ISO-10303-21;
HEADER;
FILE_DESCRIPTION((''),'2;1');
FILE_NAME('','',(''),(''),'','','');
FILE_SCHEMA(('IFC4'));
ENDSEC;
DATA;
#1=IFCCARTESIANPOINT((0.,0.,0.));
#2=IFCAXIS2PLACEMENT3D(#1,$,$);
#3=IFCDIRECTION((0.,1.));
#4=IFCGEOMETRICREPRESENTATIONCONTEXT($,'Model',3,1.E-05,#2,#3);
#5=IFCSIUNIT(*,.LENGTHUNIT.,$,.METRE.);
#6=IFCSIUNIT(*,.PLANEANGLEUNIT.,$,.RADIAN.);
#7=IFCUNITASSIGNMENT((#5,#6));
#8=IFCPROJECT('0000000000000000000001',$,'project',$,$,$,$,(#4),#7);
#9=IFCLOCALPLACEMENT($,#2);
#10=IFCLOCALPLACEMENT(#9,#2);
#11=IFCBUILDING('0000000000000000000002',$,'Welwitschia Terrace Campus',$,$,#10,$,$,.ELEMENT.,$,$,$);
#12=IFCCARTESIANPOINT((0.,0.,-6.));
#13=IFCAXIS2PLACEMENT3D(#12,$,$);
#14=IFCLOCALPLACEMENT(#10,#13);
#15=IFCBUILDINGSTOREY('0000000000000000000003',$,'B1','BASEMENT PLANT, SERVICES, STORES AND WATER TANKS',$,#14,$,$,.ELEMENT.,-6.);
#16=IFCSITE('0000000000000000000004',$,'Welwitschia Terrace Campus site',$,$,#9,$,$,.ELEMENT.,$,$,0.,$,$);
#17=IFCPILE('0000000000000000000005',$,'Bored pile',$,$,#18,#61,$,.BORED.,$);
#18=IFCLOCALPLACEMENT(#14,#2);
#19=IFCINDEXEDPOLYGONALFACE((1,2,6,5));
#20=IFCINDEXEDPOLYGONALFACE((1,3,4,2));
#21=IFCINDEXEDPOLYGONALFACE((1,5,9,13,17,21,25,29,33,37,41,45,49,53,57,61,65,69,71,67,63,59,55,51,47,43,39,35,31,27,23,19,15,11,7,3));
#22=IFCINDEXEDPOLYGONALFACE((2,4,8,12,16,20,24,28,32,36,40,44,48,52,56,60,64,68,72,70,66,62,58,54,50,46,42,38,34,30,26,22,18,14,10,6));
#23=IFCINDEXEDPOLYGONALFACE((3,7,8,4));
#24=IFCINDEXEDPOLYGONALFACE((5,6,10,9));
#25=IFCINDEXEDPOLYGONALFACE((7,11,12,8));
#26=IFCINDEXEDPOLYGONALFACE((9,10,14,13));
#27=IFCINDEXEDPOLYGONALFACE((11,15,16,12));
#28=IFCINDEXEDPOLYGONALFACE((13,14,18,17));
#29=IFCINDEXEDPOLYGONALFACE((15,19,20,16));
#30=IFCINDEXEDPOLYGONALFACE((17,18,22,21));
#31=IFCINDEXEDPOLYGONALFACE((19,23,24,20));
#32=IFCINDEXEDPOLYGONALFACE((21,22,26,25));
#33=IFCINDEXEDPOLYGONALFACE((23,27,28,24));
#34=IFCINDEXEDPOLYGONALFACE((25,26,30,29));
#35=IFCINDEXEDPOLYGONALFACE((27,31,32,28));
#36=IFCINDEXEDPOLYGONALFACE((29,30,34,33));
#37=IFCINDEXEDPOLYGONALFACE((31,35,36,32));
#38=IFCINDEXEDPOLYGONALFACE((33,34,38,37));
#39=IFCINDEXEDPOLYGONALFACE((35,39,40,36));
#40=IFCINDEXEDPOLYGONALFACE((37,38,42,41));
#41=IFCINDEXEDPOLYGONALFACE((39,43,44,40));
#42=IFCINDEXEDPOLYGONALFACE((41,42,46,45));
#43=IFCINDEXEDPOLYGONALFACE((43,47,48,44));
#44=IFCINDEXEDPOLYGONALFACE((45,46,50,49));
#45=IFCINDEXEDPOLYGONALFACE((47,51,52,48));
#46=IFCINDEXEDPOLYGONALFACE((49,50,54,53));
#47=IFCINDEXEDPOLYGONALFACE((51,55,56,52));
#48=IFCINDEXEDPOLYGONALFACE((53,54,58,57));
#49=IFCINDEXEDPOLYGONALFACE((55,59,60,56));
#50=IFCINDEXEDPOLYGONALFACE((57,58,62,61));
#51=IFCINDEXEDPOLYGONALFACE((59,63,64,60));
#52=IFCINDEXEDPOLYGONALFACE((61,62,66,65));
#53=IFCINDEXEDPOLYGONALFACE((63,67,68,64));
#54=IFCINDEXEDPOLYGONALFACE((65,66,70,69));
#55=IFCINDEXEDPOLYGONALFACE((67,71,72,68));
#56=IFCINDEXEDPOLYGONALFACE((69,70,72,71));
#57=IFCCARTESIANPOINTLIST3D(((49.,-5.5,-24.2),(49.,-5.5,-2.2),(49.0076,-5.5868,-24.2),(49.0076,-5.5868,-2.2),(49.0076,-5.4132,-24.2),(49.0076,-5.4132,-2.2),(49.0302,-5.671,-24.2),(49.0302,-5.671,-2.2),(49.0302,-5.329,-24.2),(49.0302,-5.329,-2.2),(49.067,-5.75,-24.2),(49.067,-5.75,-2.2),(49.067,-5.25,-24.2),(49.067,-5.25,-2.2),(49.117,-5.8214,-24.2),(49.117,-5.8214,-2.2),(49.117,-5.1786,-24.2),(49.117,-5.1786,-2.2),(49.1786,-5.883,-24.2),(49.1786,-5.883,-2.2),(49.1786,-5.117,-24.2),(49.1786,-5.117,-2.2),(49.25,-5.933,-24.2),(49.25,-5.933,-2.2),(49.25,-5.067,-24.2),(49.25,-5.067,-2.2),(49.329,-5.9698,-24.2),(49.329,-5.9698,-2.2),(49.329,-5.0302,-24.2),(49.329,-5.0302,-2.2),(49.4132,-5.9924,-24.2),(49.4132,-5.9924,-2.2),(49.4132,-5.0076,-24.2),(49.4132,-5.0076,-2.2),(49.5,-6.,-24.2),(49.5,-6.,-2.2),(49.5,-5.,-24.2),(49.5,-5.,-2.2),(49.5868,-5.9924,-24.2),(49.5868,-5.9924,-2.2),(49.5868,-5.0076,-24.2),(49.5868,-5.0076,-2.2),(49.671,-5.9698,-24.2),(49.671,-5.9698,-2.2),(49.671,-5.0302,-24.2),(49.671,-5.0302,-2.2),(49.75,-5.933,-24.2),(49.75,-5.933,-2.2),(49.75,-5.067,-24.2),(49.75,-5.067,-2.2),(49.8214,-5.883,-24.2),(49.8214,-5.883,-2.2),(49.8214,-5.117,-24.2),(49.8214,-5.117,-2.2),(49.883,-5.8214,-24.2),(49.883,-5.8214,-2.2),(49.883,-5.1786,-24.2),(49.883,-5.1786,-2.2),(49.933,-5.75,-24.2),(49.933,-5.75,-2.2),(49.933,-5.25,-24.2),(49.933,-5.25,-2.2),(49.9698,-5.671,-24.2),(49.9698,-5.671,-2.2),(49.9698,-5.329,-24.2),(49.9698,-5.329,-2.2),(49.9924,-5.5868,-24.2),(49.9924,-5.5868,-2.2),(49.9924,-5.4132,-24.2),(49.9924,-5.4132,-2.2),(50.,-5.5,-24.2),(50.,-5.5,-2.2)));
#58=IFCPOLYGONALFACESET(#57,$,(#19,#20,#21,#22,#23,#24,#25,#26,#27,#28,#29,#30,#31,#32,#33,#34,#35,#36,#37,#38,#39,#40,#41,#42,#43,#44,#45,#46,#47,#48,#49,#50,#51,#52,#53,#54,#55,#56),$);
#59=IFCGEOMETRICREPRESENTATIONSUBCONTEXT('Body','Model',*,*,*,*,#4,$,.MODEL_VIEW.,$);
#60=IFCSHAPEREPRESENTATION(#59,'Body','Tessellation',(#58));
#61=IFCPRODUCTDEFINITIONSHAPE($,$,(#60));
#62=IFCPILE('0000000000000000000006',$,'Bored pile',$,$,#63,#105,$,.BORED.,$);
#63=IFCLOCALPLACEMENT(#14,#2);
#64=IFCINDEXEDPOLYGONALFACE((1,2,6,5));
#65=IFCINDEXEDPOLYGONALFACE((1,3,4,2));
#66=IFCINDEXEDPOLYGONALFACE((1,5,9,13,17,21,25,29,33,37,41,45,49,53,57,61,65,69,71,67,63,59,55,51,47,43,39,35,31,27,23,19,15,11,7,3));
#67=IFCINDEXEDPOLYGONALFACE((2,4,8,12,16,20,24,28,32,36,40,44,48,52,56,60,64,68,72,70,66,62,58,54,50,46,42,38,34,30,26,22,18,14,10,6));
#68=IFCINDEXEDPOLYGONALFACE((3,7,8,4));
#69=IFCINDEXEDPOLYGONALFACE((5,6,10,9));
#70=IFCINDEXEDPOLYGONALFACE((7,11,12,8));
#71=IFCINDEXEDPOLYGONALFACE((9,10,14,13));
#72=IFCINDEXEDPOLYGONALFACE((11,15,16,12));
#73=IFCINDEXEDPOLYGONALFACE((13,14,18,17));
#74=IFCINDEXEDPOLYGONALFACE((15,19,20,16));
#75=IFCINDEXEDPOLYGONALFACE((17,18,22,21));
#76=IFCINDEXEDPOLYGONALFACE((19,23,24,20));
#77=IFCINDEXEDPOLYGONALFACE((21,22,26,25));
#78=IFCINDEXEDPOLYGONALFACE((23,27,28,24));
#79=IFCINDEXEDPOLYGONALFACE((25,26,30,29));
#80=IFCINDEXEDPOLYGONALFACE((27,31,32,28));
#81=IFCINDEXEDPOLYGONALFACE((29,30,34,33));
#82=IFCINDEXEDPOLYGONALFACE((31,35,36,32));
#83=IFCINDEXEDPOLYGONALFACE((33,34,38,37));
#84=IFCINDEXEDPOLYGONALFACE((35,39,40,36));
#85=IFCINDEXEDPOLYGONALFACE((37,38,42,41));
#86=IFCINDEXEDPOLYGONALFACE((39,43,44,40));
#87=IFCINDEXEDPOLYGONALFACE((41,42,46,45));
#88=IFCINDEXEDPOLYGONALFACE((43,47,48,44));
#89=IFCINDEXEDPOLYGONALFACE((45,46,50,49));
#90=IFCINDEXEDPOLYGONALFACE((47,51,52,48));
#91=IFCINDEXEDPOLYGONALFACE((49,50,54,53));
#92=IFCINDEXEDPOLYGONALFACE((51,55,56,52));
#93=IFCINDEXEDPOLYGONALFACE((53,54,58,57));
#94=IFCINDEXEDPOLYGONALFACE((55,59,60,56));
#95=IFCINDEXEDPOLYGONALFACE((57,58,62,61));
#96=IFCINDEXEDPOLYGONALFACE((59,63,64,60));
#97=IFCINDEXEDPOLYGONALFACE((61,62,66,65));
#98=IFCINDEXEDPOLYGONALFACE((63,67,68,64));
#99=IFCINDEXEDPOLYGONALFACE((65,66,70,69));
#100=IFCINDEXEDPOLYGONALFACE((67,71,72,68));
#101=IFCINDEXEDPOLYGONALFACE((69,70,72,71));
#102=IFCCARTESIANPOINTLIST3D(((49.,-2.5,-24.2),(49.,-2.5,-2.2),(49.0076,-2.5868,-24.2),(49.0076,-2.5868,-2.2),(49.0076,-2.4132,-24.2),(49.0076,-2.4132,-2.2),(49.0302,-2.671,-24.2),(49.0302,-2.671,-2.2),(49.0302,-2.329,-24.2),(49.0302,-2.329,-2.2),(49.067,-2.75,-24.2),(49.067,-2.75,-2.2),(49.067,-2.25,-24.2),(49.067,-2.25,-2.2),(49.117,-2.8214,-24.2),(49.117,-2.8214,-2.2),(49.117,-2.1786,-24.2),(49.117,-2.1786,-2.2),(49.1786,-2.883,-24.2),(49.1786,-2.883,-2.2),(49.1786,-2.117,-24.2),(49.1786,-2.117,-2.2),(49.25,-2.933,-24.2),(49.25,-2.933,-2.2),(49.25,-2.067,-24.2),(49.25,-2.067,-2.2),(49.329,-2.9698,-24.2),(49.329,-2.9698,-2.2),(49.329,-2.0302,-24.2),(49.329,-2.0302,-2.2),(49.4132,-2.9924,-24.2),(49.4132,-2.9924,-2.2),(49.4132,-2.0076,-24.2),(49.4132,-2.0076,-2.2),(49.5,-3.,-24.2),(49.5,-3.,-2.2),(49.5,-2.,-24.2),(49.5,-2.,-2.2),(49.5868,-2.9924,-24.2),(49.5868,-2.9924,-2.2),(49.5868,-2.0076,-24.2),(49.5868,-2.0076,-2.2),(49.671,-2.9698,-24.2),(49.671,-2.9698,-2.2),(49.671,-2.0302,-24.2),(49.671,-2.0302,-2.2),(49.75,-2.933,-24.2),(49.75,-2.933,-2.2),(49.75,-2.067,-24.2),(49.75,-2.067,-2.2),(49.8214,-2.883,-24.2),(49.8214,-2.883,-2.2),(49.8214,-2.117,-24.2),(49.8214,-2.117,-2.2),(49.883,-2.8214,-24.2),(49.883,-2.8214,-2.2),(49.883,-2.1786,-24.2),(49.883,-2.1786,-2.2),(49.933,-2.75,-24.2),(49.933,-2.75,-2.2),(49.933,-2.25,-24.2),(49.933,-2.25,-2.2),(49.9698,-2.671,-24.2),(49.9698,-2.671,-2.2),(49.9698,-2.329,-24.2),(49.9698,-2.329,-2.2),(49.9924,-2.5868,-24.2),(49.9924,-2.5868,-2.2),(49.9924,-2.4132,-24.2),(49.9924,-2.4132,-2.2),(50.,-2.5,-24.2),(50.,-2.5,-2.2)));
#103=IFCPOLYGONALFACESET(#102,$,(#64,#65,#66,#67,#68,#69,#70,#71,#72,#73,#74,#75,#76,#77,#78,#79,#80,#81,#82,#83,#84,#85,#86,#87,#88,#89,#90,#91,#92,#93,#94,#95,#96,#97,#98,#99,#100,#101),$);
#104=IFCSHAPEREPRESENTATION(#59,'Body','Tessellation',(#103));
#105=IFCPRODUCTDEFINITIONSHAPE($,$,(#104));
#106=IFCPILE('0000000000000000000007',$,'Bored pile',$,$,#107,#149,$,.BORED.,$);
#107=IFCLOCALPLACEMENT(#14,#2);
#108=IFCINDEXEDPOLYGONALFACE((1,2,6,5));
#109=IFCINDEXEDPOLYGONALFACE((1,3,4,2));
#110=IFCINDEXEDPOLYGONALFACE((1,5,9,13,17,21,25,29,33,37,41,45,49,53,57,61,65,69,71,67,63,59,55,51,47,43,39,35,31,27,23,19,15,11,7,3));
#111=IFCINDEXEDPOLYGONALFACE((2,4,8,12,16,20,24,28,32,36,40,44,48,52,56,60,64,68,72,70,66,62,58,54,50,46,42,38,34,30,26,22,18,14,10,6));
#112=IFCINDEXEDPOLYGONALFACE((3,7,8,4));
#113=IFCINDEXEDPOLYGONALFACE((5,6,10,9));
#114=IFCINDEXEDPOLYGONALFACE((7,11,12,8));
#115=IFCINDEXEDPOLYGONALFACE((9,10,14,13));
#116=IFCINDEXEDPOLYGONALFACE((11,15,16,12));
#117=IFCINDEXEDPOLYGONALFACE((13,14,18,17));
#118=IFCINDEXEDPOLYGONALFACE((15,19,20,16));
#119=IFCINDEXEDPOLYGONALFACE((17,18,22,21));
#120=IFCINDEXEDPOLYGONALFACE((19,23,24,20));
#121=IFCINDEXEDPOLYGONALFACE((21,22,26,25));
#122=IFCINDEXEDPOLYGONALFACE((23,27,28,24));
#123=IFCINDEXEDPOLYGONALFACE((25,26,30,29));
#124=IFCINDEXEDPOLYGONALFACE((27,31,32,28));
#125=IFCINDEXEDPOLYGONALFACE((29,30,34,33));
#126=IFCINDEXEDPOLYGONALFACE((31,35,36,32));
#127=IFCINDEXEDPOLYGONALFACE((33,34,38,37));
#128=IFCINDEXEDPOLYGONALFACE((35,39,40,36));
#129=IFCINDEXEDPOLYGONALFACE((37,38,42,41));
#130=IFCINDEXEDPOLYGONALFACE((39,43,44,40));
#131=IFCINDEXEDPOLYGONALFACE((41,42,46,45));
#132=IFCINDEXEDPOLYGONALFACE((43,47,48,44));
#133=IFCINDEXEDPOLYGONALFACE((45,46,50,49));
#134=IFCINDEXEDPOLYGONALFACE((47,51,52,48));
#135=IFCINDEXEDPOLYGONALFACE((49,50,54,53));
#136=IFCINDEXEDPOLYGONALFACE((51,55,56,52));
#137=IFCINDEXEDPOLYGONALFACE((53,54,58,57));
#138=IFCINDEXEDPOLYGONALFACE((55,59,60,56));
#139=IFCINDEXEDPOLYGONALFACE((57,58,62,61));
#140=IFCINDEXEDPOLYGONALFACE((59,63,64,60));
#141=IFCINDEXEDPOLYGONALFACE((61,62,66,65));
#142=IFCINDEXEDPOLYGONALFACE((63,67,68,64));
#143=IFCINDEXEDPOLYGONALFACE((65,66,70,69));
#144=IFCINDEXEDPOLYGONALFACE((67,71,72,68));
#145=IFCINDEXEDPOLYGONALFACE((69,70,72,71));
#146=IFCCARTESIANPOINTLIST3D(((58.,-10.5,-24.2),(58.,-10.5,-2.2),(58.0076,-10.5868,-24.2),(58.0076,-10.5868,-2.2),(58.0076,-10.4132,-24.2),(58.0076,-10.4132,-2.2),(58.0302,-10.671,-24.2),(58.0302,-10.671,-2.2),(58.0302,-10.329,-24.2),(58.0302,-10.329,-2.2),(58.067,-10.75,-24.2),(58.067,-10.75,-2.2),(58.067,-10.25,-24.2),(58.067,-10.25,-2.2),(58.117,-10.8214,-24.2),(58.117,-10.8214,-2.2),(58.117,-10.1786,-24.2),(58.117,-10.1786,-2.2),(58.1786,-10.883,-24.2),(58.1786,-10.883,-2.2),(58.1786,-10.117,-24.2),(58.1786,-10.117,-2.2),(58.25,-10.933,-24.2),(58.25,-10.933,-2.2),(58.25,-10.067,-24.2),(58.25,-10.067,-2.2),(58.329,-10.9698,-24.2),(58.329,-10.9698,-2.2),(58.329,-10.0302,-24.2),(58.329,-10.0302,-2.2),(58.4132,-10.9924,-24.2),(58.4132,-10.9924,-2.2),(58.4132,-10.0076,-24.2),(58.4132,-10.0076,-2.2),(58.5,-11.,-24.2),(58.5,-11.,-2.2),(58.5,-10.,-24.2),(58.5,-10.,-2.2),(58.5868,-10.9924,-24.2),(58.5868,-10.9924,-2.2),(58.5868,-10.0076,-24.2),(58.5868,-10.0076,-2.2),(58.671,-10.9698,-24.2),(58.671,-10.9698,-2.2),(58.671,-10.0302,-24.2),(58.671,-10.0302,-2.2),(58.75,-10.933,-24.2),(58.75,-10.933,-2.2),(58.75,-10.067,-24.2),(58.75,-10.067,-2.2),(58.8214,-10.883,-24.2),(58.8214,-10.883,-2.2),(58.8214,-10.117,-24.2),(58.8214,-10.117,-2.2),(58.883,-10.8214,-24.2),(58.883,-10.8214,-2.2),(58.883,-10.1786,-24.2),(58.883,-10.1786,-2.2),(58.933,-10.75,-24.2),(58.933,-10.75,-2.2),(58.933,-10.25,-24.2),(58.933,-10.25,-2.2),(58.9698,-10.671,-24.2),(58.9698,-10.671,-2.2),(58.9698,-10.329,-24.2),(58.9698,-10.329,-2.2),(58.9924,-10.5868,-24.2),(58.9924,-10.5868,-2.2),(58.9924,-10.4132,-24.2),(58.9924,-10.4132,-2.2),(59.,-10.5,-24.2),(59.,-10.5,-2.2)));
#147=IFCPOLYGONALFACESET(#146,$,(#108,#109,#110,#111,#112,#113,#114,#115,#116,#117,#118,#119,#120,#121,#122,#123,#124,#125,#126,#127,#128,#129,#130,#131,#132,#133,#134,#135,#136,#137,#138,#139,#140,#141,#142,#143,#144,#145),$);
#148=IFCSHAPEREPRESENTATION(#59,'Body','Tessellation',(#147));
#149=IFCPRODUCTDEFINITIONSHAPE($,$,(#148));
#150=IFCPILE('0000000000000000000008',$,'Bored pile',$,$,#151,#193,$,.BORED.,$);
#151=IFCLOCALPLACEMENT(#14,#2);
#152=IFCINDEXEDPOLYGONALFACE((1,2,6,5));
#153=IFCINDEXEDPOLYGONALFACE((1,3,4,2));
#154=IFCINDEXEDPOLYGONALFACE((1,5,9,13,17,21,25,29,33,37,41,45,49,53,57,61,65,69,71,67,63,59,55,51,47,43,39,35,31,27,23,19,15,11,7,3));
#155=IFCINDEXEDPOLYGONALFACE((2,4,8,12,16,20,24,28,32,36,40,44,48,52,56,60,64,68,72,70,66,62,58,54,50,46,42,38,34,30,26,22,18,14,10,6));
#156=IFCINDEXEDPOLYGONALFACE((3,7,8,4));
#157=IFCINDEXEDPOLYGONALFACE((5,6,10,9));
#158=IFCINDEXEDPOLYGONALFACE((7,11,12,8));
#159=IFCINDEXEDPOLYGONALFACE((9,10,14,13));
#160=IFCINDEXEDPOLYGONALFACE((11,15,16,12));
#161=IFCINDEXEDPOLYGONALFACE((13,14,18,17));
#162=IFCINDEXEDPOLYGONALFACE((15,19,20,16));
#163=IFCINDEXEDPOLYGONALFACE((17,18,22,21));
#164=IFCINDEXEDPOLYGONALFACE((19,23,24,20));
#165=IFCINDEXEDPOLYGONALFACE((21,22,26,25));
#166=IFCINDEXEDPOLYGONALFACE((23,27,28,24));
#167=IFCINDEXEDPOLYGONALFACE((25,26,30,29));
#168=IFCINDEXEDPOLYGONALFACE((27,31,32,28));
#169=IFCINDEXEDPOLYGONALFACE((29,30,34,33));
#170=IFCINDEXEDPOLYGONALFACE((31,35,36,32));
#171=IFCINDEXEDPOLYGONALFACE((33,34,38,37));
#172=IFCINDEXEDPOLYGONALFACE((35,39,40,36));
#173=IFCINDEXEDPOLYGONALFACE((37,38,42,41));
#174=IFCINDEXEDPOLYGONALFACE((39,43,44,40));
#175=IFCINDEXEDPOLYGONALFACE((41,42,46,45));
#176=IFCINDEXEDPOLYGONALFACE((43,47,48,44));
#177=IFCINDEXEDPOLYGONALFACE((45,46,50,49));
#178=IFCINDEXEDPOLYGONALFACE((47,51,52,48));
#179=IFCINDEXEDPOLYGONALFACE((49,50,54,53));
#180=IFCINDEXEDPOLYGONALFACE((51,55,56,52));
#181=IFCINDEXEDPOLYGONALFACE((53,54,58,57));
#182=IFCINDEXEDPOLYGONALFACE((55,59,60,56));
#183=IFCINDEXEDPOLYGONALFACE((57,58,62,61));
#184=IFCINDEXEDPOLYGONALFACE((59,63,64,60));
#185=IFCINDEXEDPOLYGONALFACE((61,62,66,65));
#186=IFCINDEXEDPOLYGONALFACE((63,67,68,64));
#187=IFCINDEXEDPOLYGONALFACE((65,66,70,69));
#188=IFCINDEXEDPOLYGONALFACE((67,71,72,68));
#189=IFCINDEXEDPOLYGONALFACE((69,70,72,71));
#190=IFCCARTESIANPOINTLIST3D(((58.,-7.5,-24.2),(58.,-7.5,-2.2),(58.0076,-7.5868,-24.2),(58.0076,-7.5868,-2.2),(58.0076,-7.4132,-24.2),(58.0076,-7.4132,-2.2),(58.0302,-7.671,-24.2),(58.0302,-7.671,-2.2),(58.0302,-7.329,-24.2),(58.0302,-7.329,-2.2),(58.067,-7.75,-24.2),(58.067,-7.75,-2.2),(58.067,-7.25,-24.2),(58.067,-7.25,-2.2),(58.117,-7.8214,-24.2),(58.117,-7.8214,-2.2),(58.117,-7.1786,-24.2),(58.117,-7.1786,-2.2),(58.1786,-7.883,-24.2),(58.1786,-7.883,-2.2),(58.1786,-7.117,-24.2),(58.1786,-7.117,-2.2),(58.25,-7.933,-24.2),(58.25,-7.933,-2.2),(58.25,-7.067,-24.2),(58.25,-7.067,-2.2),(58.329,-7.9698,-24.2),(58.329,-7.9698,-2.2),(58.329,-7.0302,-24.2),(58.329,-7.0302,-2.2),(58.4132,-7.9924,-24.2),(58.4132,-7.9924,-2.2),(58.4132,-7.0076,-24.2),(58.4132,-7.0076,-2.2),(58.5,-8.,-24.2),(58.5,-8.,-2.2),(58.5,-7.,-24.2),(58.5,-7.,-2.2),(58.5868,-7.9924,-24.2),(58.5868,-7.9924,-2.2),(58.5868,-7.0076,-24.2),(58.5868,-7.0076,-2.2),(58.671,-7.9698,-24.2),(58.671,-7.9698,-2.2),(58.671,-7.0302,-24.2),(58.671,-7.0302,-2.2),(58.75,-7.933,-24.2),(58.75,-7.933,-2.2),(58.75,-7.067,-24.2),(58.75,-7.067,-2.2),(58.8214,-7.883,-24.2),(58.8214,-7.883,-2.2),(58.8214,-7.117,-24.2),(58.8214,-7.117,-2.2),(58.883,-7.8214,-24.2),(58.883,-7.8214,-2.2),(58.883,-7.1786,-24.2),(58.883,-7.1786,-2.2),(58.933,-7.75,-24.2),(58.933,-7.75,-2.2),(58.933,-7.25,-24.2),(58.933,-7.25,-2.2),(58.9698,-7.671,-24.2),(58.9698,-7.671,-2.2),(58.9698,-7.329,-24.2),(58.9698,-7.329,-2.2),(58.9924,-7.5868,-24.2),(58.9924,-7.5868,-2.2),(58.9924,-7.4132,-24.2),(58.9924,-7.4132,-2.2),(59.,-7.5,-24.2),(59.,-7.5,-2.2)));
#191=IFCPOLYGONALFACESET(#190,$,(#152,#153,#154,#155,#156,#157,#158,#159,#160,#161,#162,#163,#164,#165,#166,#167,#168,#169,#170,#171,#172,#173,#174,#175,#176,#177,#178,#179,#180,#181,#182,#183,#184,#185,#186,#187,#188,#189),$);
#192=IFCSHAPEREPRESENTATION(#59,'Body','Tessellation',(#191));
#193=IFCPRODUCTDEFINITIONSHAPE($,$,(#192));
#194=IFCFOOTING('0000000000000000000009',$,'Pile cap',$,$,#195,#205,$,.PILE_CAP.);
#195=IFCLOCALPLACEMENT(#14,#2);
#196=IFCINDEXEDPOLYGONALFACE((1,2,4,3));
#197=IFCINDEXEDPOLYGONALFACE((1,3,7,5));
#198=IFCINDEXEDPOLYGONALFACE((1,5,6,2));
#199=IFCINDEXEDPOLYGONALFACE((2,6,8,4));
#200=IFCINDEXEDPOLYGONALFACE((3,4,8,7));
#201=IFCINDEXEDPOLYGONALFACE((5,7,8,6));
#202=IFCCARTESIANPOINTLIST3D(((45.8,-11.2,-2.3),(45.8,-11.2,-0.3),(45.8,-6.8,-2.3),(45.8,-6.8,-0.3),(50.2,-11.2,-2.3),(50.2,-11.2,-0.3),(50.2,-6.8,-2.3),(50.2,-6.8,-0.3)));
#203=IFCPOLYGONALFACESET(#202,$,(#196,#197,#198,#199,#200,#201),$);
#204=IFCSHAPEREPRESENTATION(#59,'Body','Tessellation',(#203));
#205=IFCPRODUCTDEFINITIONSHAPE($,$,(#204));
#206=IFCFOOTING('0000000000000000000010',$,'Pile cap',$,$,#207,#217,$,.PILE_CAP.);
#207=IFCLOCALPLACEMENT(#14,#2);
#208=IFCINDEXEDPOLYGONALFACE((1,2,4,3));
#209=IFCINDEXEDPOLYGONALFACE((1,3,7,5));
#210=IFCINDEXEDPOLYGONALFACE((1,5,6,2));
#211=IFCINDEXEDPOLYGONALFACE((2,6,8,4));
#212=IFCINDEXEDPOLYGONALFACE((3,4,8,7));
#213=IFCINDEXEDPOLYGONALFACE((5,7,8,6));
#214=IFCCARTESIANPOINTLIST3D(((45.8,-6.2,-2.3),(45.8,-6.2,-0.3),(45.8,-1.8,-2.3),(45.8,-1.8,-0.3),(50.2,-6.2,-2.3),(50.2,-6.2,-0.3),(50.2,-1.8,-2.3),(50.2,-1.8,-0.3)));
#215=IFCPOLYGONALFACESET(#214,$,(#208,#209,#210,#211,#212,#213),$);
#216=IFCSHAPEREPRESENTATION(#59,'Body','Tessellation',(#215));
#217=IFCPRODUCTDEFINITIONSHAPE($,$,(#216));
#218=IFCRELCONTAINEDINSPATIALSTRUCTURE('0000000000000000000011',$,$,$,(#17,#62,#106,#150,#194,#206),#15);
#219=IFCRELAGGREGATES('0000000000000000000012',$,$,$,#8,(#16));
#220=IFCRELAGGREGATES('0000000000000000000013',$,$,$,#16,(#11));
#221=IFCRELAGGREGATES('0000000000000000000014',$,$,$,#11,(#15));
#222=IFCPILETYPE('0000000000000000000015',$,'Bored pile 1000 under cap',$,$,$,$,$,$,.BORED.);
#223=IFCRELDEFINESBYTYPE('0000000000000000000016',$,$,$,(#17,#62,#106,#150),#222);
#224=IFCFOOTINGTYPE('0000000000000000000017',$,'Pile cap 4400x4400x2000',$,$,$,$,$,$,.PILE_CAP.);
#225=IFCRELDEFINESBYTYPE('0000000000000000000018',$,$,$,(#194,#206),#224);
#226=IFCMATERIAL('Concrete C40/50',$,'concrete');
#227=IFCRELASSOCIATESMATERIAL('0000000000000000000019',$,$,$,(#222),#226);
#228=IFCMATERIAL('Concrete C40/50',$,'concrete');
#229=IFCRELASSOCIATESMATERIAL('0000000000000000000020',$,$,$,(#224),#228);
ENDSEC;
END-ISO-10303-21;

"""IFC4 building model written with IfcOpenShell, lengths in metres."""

from ifc_helpers import new_model, si_unit, direction, frame, origin, origin_2d, place, context, subcontext, project, spatial, rectangle, circle, extrude, material, type_object, element, save


model = new_model("IFC4")

# Units and contexts
model_context = context("Model", 3, precision=1e-05, world=origin(), true_north=direction((0.0, 1.0)))
body_context = subcontext(model_context, "Body", "Model", "MODEL_VIEW")
ifc_project = project(units=[si_unit("LENGTHUNIT", "METRE"), si_unit("PLANEANGLEUNIT", "RADIAN")], contexts=[model_context])

# Site, building, storey
site_placement = place(None, origin())
site = spatial("IfcSite", under=ifc_project, at=site_placement, Name="Welwitschia Terrace Campus site", CompositionType="ELEMENT", RefElevation=0.0)
building_placement = place(site_placement, origin())
building = spatial("IfcBuilding", under=site, at=building_placement, Name="Welwitschia Terrace Campus", CompositionType="ELEMENT")
storey_placement = place(building_placement, frame((0.0, 0.0, -6.0)))
storey = spatial("IfcBuildingStorey", under=building, at=storey_placement, Name="B1", Description="BASEMENT PLANT, SERVICES, STORES AND WATER TANKS", CompositionType="ELEMENT", Elevation=-6.0)

# Piles
ifc_material_1 = material(Name="Concrete C40/50", Category="concrete")
pile_type = type_object("IfcPileType", Name="Bored pile 1000 under cap", PredefinedType="BORED", material=ifc_material_1)
for number, where, z_axis, x_axis, name in (
    (1, (49.5, -5.5, -2.2), (0.0, 0.0, -1.0), (1.0, 0.0, 0.0), "Bored pile"),
    (2, (49.5, -2.5, -2.2), (0.0, 0.0, -1.0), (1.0, 0.0, 0.0), "Bored pile"),
    (3, (58.5, -10.5, -2.2), (0.0, 0.0, -1.0), (1.0, 0.0, 0.0), "Bored pile"),
    (4, (58.5, -7.5, -2.2), (0.0, 0.0, -1.0), (1.0, 0.0, 0.0), "Bored pile"),
):
    element("IfcPile", number, at=place(storey_placement, frame(where, z_axis=z_axis, x_axis=x_axis)), inside=storey, type_object=pile_type, Name=name, PredefinedType="BORED", context=body_context, shape_type="SweptSolid", body=[
        extrude(circle(Radius=0.5, at=origin_2d()), origin(), (0.0, 0.0, 1.0), 22.0),
    ])

# Footings
ifc_material_2 = material(Name="Concrete C40/50", Category="concrete")
footing_type = type_object("IfcFootingType", Name="Pile cap 4400x4400x2000", PredefinedType="PILE_CAP", material=ifc_material_2)
for number, where, z_axis, x_axis, name in (
    (5, (48.0, -9.0, -2.3), (0.0, 0.0, 1.0), (1.0, 0.0, 0.0), "Pile cap"),
    (6, (48.0, -4.0, -2.3), (0.0, 0.0, 1.0), (1.0, 0.0, 0.0), "Pile cap"),
):
    element("IfcFooting", number, at=place(storey_placement, frame(where, z_axis=z_axis, x_axis=x_axis)), inside=storey, type_object=footing_type, Name=name, PredefinedType="PILE_CAP", context=body_context, shape_type="SweptSolid", body=[
        extrude(rectangle(XDim=4.3999, YDim=4.3999, at=origin_2d()), origin(), (0.0, 0.0, 1.0), 2.0),
    ])

save(model, "model.ifc")
